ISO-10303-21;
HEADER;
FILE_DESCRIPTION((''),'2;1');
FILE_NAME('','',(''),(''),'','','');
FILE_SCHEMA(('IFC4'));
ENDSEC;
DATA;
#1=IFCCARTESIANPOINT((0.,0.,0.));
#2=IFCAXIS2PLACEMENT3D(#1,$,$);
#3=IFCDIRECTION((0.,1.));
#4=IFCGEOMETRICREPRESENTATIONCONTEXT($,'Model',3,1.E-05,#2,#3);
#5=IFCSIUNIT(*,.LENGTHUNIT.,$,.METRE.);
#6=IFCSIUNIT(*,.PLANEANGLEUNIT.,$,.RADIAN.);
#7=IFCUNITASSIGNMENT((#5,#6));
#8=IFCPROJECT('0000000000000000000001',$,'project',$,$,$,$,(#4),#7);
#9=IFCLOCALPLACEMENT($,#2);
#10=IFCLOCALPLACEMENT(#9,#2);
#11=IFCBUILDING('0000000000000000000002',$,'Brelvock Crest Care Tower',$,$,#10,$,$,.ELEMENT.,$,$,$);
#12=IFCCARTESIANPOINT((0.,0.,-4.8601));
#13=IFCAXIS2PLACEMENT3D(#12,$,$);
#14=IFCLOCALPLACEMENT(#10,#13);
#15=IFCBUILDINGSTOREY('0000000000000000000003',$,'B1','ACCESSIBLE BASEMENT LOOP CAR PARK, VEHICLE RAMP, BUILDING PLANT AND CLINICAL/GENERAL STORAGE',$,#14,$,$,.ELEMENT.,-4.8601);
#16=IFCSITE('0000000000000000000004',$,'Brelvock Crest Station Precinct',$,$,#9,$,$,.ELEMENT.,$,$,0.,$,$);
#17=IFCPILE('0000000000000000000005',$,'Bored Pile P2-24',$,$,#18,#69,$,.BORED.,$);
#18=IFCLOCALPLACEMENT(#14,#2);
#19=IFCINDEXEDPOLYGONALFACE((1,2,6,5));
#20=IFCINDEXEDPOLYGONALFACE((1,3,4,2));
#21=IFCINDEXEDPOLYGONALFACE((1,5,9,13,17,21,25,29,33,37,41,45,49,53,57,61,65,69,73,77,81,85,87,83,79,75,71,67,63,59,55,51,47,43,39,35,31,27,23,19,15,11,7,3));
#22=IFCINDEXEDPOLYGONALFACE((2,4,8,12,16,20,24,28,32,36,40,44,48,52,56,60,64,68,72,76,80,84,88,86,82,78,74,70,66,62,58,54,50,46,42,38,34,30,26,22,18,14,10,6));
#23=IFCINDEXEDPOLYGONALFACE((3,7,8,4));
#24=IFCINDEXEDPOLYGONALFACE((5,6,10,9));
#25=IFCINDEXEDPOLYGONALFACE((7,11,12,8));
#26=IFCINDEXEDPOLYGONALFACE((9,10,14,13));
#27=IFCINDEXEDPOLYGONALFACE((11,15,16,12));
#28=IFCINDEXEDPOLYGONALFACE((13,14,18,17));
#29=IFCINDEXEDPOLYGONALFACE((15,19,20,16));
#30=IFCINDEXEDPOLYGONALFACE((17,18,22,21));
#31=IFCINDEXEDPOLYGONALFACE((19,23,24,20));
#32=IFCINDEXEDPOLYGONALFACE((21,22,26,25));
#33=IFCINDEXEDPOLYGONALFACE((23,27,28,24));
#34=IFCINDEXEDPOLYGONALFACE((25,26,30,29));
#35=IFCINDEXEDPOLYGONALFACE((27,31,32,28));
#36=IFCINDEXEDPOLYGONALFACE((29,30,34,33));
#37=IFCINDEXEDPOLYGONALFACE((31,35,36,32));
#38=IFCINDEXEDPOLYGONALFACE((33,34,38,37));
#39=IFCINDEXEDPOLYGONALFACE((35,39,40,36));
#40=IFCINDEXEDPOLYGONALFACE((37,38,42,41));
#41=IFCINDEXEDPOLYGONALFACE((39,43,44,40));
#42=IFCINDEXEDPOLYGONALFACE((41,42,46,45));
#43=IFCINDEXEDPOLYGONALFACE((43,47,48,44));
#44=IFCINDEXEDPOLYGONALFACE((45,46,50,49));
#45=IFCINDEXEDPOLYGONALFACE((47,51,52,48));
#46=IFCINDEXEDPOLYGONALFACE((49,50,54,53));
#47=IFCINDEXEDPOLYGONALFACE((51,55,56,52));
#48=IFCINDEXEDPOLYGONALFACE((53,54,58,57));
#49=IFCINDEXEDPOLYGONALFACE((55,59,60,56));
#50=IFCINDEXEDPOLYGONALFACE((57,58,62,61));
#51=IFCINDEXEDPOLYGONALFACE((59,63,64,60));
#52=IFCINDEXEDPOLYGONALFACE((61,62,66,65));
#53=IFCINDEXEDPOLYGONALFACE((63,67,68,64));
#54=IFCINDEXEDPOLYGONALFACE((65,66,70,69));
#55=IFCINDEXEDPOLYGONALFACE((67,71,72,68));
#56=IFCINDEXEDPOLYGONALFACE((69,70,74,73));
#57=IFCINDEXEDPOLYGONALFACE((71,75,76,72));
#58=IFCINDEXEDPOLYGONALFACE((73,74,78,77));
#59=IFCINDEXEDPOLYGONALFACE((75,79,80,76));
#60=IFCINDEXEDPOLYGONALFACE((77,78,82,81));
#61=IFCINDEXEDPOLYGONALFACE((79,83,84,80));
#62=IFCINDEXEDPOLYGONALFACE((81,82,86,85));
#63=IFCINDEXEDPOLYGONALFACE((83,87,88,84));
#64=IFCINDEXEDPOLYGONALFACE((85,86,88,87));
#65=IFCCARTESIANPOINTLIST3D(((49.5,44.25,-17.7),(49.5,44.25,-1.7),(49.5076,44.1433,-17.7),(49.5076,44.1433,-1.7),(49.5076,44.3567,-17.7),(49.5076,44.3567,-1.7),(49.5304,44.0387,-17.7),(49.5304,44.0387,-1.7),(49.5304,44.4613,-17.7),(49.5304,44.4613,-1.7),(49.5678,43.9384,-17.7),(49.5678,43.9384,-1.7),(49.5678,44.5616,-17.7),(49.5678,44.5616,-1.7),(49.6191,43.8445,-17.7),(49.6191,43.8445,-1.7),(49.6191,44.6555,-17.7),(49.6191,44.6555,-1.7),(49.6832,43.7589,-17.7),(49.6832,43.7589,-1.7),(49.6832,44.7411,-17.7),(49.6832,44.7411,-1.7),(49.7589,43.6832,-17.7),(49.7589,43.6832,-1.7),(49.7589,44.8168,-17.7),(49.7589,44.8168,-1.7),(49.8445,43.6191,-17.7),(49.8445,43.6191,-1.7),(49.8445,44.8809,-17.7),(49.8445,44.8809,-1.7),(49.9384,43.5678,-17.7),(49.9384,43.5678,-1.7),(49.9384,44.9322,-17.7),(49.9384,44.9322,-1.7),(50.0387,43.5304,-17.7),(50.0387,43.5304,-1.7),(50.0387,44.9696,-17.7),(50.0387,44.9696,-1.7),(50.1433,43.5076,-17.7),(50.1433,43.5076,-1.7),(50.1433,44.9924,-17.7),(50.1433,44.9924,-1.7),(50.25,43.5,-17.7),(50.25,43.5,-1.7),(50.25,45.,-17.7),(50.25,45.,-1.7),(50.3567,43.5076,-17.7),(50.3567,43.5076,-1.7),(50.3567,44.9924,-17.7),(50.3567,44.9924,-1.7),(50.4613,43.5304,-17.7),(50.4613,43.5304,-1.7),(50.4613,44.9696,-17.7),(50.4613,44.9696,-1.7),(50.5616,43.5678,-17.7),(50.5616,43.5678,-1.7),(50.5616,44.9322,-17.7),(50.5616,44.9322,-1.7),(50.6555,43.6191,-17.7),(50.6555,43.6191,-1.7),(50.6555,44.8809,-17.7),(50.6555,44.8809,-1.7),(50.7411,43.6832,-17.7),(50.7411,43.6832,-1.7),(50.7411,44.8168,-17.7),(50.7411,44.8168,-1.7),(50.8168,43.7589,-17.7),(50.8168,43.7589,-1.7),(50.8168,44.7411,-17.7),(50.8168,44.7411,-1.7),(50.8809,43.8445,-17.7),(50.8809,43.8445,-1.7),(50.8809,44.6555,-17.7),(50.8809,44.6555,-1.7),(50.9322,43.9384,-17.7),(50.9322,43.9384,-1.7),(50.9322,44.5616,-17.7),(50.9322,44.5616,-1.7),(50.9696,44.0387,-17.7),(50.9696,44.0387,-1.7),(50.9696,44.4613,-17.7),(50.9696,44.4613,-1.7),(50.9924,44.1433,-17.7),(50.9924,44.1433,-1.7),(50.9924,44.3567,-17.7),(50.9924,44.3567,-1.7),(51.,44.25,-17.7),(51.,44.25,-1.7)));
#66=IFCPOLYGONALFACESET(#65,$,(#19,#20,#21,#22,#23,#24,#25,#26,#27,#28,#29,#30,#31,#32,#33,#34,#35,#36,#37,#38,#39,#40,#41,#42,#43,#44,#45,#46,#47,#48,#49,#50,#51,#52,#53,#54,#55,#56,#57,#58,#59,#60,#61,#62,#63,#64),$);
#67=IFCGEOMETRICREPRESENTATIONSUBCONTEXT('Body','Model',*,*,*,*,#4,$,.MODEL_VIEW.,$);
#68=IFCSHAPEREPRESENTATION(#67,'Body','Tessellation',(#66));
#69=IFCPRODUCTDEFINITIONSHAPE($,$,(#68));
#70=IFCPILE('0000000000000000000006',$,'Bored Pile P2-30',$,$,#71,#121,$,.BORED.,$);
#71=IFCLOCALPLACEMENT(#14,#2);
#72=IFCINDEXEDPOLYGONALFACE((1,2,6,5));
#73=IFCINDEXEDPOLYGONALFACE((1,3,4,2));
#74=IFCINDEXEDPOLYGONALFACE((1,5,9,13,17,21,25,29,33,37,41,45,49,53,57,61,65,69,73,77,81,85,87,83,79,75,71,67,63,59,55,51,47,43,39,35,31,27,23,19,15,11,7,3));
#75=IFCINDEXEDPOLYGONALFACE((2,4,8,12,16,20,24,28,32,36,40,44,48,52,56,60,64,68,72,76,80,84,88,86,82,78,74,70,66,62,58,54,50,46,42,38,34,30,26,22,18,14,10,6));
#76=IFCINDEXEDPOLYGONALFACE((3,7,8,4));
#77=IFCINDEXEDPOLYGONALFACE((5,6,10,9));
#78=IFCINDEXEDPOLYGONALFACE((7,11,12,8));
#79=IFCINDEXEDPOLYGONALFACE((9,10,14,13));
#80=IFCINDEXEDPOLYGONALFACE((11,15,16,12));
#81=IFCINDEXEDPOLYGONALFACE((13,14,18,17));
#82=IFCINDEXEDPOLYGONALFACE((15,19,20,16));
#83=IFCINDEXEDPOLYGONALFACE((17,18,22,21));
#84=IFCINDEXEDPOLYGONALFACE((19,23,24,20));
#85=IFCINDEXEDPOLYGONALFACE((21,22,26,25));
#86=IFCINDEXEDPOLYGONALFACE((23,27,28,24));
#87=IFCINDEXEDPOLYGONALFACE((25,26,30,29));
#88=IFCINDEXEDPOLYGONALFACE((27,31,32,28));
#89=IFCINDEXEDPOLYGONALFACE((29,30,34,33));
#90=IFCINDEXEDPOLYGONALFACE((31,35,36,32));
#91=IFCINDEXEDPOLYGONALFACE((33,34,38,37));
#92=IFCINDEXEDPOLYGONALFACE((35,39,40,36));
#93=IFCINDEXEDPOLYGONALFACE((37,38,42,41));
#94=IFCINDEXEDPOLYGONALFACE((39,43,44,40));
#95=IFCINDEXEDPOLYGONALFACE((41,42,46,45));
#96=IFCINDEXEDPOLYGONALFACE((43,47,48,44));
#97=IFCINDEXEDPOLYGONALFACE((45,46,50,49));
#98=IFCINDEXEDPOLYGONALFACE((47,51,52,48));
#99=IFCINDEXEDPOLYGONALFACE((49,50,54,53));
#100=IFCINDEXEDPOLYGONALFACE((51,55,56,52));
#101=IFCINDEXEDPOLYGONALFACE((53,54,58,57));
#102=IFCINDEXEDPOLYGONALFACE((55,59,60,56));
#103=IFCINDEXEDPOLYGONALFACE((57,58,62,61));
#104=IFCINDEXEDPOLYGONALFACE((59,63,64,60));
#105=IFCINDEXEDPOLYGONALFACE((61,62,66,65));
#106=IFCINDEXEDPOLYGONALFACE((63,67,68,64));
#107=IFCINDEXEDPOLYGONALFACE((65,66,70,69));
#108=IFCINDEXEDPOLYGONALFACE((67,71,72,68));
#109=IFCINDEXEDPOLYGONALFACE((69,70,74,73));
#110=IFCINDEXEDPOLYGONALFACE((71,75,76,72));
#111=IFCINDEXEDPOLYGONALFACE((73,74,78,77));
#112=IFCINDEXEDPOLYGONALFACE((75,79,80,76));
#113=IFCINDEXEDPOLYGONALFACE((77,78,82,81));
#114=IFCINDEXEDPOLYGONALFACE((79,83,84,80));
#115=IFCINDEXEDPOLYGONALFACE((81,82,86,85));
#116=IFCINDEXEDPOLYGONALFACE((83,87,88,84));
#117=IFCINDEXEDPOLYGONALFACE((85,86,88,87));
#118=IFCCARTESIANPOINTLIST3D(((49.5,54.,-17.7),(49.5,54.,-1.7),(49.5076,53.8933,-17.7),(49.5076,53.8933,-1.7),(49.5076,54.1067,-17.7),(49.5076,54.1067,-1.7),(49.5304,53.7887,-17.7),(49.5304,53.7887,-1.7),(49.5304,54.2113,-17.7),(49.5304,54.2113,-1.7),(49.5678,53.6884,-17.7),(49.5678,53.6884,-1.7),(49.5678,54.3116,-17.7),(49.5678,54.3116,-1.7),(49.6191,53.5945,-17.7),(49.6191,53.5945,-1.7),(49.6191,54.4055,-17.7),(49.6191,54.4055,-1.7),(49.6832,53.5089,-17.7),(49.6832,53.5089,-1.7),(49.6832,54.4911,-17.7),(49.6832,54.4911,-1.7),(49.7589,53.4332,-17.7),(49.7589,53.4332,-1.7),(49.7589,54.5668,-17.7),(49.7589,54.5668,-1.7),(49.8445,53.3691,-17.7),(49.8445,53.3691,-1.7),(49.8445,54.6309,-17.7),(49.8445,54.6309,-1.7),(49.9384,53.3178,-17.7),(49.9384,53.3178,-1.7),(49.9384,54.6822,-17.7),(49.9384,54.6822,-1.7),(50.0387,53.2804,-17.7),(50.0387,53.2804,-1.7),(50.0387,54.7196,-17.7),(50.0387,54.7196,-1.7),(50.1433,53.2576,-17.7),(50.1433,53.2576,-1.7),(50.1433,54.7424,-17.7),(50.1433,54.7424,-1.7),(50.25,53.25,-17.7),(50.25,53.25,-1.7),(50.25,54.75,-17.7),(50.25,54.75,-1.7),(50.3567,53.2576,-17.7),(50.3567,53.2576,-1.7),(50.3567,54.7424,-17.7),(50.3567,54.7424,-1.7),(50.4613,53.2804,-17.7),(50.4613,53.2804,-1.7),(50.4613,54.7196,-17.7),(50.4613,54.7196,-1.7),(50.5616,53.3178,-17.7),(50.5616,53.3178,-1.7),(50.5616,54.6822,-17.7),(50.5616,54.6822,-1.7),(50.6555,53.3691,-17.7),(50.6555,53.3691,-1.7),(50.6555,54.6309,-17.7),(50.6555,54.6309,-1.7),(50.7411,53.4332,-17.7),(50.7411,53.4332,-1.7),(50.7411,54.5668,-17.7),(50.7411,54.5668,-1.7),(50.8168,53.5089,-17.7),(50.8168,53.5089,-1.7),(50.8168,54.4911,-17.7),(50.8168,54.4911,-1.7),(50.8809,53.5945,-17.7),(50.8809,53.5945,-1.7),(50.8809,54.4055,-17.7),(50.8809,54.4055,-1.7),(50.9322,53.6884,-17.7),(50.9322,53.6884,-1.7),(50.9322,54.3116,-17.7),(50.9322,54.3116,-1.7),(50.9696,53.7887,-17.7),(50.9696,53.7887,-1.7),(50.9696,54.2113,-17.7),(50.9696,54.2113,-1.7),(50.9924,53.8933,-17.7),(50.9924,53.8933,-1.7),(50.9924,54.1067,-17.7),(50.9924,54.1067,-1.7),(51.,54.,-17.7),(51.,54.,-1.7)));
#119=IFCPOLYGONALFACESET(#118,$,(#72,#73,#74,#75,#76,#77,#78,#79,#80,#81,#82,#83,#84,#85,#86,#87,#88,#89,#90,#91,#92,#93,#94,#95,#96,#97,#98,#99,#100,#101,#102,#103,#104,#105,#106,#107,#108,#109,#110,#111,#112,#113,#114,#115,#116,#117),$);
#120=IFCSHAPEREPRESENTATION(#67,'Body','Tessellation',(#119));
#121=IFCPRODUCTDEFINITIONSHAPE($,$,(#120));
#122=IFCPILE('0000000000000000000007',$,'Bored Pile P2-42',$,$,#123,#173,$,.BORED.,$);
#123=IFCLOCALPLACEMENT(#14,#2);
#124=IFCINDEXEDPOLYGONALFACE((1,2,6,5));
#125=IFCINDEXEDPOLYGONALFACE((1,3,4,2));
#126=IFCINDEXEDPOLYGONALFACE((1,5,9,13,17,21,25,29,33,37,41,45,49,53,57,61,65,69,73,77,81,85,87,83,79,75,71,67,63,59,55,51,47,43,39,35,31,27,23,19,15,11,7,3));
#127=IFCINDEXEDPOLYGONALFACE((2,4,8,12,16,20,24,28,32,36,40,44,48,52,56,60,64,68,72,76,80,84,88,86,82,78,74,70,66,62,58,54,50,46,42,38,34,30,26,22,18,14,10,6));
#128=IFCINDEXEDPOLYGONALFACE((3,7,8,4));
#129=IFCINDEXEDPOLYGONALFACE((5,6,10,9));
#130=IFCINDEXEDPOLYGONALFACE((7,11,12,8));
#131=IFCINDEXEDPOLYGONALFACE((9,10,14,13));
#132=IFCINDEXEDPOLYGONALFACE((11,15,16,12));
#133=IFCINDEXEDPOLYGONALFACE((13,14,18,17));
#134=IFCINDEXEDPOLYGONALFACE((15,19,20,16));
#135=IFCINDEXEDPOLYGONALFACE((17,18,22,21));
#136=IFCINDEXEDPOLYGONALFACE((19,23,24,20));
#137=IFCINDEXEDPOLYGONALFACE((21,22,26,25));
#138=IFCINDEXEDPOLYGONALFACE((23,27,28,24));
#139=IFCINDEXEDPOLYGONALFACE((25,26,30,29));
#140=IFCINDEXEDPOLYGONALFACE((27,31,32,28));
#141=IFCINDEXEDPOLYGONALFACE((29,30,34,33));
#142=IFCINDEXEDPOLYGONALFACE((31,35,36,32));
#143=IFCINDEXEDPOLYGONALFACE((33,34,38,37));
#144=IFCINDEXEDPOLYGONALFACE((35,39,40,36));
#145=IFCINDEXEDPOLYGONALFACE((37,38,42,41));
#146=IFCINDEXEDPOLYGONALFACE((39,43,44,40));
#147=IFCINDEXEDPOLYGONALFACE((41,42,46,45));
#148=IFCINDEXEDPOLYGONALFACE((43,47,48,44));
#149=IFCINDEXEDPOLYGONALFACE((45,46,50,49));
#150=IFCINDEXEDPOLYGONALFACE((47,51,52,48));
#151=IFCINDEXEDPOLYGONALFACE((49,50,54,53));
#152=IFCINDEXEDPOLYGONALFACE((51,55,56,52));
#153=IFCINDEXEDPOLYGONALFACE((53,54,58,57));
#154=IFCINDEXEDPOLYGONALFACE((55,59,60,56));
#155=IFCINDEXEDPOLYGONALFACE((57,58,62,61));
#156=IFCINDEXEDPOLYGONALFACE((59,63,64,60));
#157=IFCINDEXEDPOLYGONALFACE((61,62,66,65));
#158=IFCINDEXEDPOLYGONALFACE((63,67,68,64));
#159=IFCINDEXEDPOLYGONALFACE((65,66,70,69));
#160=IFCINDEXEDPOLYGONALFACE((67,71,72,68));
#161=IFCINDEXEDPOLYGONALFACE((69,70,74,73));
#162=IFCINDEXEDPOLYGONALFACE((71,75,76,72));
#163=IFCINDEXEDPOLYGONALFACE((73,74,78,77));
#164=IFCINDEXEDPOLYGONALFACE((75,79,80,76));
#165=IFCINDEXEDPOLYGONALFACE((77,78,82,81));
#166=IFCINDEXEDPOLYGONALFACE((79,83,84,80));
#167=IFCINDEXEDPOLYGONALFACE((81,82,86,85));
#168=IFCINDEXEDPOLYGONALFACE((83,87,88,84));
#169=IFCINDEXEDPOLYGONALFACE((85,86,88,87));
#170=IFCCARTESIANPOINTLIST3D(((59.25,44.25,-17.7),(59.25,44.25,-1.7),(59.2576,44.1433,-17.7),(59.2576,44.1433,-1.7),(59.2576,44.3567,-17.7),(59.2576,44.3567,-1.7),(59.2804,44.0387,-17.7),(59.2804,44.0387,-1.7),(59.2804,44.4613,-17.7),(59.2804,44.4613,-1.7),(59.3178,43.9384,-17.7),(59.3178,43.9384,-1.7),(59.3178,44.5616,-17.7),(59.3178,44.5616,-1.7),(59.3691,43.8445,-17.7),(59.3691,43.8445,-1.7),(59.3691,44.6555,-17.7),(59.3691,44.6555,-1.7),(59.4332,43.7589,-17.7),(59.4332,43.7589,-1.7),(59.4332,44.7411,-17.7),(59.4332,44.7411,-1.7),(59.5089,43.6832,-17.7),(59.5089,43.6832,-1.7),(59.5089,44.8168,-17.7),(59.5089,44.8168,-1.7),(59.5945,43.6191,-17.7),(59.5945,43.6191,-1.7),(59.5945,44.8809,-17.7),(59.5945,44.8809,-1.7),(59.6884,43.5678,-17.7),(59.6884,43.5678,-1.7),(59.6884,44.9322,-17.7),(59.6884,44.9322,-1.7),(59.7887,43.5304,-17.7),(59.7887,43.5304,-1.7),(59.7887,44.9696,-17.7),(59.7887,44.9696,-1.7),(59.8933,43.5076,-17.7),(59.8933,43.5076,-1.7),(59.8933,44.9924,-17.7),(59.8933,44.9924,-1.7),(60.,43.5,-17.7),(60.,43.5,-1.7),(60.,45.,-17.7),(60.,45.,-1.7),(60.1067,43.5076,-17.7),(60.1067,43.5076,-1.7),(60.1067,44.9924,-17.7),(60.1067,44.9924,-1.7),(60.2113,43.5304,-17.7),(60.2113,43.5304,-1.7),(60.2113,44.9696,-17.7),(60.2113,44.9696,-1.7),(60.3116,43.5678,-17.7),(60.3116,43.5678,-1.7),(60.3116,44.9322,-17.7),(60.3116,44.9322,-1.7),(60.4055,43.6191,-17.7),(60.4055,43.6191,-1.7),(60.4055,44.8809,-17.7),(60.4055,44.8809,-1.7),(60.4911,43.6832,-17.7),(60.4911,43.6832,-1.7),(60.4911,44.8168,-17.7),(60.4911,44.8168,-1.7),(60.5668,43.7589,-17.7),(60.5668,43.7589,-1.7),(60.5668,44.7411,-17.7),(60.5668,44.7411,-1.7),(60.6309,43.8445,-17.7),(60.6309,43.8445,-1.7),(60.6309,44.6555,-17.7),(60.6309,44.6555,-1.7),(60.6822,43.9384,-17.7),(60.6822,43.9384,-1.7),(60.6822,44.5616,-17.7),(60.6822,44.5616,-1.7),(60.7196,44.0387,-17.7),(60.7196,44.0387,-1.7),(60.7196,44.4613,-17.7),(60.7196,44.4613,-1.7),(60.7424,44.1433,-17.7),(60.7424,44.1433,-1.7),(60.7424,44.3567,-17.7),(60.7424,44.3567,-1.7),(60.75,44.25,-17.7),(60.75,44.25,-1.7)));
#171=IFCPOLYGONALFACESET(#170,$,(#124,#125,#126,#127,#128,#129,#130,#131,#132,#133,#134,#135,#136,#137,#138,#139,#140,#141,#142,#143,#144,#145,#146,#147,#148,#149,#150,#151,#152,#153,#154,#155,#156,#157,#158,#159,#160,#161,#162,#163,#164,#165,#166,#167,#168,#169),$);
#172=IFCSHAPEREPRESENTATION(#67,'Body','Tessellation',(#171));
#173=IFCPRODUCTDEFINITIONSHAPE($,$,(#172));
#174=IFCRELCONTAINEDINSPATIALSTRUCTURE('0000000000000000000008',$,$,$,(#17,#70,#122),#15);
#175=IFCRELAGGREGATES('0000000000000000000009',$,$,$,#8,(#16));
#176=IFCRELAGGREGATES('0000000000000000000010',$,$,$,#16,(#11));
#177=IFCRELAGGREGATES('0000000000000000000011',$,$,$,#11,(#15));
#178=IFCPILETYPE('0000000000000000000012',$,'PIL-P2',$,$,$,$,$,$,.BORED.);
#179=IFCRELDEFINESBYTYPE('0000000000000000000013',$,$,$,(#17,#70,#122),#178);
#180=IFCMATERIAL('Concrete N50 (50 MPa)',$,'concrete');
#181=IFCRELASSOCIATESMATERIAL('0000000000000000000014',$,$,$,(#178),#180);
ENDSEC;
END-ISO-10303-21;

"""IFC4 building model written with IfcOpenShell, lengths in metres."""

from ifc_helpers import new_model, si_unit, direction, frame, origin, origin_2d, place, context, subcontext, project, spatial, circle, extrude, source, transform, mapped, material, material_profile, profile_set, type_object, element, save


model = new_model("IFC4")

# Units and contexts
model_context = context("Model", 3, precision=1e-05, world=origin(), true_north=direction((0.0, 1.0)))
body_context = subcontext(model_context, "Body", "Model", "MODEL_VIEW")
ifc_project = project(units=[si_unit("LENGTHUNIT", "METRE"), si_unit("PLANEANGLEUNIT", "RADIAN")], contexts=[model_context])

# Site, building, storey
site_placement = place(None, origin())
site = spatial("IfcSite", under=ifc_project, at=site_placement, Name="Brelvock Crest Station Precinct", CompositionType="ELEMENT", RefElevation=0.0)
building_placement = place(site_placement, origin())
building = spatial("IfcBuilding", under=site, at=building_placement, Name="Brelvock Crest Care Tower", CompositionType="ELEMENT")
storey_placement = place(building_placement, frame((0.0, 0.0, -4.8601)))
storey = spatial("IfcBuildingStorey", under=building, at=storey_placement, Name="B1", Description="ACCESSIBLE BASEMENT LOOP CAR PARK, VEHICLE RAMP, BUILDING PLANT AND CLINICAL/GENERAL STORAGE", CompositionType="ELEMENT", Elevation=-4.8601)

# Piles
ifc_material_1 = material(Name="Concrete N50 (50 MPa)", Category="concrete")
ifc_material_profile_1 = material_profile(ifc_material_1, circle(Radius=0.75, at=origin_2d()), Name="BORED PILE D1500")
ifc_profile_set_1 = profile_set([ifc_material_profile_1], Name="Concrete N50 (50 MPa)")
pile_type = type_object("IfcPileType", Name="PIL-P2", PredefinedType="BORED", material=ifc_profile_set_1)
shared_shape_1 = source(origin(), body_context, "Body", "SweptSolid", [
    extrude(circle(Radius=0.75, at=origin_2d()), origin(), (0.0, 0.0, 1.0), 16.0),
])
for number, where, z_axis, x_axis, name in (
    (1, (50.25, 44.25, -1.7), (0.0, 0.0, -1.0), (1.0, 0.0, 0.0), "Bored Pile P2-24"),
    (2, (50.25, 54.0, -1.7), (0.0, 0.0, -1.0), (1.0, 0.0, 0.0), "Bored Pile P2-30"),
    (3, (60.0, 44.25, -1.7), (0.0, 0.0, -1.0), (1.0, 0.0, 0.0), "Bored Pile P2-42"),
):
    element("IfcPile", number, at=place(storey_placement, frame(where, z_axis=z_axis, x_axis=x_axis)), inside=storey, type_object=pile_type, Name=name, PredefinedType="BORED", context=body_context, shape_type="MappedRepresentation", body=[
        mapped(shared_shape_1, transform((0.0, 0.0, 0.0), x_axis=(1.0, 0.0, 0.0), y_axis=(0.0, 1.0, 0.0), z_axis=(0.0, 0.0, 1.0), scale=1.0)),
    ])

save(model, "model.ifc")
